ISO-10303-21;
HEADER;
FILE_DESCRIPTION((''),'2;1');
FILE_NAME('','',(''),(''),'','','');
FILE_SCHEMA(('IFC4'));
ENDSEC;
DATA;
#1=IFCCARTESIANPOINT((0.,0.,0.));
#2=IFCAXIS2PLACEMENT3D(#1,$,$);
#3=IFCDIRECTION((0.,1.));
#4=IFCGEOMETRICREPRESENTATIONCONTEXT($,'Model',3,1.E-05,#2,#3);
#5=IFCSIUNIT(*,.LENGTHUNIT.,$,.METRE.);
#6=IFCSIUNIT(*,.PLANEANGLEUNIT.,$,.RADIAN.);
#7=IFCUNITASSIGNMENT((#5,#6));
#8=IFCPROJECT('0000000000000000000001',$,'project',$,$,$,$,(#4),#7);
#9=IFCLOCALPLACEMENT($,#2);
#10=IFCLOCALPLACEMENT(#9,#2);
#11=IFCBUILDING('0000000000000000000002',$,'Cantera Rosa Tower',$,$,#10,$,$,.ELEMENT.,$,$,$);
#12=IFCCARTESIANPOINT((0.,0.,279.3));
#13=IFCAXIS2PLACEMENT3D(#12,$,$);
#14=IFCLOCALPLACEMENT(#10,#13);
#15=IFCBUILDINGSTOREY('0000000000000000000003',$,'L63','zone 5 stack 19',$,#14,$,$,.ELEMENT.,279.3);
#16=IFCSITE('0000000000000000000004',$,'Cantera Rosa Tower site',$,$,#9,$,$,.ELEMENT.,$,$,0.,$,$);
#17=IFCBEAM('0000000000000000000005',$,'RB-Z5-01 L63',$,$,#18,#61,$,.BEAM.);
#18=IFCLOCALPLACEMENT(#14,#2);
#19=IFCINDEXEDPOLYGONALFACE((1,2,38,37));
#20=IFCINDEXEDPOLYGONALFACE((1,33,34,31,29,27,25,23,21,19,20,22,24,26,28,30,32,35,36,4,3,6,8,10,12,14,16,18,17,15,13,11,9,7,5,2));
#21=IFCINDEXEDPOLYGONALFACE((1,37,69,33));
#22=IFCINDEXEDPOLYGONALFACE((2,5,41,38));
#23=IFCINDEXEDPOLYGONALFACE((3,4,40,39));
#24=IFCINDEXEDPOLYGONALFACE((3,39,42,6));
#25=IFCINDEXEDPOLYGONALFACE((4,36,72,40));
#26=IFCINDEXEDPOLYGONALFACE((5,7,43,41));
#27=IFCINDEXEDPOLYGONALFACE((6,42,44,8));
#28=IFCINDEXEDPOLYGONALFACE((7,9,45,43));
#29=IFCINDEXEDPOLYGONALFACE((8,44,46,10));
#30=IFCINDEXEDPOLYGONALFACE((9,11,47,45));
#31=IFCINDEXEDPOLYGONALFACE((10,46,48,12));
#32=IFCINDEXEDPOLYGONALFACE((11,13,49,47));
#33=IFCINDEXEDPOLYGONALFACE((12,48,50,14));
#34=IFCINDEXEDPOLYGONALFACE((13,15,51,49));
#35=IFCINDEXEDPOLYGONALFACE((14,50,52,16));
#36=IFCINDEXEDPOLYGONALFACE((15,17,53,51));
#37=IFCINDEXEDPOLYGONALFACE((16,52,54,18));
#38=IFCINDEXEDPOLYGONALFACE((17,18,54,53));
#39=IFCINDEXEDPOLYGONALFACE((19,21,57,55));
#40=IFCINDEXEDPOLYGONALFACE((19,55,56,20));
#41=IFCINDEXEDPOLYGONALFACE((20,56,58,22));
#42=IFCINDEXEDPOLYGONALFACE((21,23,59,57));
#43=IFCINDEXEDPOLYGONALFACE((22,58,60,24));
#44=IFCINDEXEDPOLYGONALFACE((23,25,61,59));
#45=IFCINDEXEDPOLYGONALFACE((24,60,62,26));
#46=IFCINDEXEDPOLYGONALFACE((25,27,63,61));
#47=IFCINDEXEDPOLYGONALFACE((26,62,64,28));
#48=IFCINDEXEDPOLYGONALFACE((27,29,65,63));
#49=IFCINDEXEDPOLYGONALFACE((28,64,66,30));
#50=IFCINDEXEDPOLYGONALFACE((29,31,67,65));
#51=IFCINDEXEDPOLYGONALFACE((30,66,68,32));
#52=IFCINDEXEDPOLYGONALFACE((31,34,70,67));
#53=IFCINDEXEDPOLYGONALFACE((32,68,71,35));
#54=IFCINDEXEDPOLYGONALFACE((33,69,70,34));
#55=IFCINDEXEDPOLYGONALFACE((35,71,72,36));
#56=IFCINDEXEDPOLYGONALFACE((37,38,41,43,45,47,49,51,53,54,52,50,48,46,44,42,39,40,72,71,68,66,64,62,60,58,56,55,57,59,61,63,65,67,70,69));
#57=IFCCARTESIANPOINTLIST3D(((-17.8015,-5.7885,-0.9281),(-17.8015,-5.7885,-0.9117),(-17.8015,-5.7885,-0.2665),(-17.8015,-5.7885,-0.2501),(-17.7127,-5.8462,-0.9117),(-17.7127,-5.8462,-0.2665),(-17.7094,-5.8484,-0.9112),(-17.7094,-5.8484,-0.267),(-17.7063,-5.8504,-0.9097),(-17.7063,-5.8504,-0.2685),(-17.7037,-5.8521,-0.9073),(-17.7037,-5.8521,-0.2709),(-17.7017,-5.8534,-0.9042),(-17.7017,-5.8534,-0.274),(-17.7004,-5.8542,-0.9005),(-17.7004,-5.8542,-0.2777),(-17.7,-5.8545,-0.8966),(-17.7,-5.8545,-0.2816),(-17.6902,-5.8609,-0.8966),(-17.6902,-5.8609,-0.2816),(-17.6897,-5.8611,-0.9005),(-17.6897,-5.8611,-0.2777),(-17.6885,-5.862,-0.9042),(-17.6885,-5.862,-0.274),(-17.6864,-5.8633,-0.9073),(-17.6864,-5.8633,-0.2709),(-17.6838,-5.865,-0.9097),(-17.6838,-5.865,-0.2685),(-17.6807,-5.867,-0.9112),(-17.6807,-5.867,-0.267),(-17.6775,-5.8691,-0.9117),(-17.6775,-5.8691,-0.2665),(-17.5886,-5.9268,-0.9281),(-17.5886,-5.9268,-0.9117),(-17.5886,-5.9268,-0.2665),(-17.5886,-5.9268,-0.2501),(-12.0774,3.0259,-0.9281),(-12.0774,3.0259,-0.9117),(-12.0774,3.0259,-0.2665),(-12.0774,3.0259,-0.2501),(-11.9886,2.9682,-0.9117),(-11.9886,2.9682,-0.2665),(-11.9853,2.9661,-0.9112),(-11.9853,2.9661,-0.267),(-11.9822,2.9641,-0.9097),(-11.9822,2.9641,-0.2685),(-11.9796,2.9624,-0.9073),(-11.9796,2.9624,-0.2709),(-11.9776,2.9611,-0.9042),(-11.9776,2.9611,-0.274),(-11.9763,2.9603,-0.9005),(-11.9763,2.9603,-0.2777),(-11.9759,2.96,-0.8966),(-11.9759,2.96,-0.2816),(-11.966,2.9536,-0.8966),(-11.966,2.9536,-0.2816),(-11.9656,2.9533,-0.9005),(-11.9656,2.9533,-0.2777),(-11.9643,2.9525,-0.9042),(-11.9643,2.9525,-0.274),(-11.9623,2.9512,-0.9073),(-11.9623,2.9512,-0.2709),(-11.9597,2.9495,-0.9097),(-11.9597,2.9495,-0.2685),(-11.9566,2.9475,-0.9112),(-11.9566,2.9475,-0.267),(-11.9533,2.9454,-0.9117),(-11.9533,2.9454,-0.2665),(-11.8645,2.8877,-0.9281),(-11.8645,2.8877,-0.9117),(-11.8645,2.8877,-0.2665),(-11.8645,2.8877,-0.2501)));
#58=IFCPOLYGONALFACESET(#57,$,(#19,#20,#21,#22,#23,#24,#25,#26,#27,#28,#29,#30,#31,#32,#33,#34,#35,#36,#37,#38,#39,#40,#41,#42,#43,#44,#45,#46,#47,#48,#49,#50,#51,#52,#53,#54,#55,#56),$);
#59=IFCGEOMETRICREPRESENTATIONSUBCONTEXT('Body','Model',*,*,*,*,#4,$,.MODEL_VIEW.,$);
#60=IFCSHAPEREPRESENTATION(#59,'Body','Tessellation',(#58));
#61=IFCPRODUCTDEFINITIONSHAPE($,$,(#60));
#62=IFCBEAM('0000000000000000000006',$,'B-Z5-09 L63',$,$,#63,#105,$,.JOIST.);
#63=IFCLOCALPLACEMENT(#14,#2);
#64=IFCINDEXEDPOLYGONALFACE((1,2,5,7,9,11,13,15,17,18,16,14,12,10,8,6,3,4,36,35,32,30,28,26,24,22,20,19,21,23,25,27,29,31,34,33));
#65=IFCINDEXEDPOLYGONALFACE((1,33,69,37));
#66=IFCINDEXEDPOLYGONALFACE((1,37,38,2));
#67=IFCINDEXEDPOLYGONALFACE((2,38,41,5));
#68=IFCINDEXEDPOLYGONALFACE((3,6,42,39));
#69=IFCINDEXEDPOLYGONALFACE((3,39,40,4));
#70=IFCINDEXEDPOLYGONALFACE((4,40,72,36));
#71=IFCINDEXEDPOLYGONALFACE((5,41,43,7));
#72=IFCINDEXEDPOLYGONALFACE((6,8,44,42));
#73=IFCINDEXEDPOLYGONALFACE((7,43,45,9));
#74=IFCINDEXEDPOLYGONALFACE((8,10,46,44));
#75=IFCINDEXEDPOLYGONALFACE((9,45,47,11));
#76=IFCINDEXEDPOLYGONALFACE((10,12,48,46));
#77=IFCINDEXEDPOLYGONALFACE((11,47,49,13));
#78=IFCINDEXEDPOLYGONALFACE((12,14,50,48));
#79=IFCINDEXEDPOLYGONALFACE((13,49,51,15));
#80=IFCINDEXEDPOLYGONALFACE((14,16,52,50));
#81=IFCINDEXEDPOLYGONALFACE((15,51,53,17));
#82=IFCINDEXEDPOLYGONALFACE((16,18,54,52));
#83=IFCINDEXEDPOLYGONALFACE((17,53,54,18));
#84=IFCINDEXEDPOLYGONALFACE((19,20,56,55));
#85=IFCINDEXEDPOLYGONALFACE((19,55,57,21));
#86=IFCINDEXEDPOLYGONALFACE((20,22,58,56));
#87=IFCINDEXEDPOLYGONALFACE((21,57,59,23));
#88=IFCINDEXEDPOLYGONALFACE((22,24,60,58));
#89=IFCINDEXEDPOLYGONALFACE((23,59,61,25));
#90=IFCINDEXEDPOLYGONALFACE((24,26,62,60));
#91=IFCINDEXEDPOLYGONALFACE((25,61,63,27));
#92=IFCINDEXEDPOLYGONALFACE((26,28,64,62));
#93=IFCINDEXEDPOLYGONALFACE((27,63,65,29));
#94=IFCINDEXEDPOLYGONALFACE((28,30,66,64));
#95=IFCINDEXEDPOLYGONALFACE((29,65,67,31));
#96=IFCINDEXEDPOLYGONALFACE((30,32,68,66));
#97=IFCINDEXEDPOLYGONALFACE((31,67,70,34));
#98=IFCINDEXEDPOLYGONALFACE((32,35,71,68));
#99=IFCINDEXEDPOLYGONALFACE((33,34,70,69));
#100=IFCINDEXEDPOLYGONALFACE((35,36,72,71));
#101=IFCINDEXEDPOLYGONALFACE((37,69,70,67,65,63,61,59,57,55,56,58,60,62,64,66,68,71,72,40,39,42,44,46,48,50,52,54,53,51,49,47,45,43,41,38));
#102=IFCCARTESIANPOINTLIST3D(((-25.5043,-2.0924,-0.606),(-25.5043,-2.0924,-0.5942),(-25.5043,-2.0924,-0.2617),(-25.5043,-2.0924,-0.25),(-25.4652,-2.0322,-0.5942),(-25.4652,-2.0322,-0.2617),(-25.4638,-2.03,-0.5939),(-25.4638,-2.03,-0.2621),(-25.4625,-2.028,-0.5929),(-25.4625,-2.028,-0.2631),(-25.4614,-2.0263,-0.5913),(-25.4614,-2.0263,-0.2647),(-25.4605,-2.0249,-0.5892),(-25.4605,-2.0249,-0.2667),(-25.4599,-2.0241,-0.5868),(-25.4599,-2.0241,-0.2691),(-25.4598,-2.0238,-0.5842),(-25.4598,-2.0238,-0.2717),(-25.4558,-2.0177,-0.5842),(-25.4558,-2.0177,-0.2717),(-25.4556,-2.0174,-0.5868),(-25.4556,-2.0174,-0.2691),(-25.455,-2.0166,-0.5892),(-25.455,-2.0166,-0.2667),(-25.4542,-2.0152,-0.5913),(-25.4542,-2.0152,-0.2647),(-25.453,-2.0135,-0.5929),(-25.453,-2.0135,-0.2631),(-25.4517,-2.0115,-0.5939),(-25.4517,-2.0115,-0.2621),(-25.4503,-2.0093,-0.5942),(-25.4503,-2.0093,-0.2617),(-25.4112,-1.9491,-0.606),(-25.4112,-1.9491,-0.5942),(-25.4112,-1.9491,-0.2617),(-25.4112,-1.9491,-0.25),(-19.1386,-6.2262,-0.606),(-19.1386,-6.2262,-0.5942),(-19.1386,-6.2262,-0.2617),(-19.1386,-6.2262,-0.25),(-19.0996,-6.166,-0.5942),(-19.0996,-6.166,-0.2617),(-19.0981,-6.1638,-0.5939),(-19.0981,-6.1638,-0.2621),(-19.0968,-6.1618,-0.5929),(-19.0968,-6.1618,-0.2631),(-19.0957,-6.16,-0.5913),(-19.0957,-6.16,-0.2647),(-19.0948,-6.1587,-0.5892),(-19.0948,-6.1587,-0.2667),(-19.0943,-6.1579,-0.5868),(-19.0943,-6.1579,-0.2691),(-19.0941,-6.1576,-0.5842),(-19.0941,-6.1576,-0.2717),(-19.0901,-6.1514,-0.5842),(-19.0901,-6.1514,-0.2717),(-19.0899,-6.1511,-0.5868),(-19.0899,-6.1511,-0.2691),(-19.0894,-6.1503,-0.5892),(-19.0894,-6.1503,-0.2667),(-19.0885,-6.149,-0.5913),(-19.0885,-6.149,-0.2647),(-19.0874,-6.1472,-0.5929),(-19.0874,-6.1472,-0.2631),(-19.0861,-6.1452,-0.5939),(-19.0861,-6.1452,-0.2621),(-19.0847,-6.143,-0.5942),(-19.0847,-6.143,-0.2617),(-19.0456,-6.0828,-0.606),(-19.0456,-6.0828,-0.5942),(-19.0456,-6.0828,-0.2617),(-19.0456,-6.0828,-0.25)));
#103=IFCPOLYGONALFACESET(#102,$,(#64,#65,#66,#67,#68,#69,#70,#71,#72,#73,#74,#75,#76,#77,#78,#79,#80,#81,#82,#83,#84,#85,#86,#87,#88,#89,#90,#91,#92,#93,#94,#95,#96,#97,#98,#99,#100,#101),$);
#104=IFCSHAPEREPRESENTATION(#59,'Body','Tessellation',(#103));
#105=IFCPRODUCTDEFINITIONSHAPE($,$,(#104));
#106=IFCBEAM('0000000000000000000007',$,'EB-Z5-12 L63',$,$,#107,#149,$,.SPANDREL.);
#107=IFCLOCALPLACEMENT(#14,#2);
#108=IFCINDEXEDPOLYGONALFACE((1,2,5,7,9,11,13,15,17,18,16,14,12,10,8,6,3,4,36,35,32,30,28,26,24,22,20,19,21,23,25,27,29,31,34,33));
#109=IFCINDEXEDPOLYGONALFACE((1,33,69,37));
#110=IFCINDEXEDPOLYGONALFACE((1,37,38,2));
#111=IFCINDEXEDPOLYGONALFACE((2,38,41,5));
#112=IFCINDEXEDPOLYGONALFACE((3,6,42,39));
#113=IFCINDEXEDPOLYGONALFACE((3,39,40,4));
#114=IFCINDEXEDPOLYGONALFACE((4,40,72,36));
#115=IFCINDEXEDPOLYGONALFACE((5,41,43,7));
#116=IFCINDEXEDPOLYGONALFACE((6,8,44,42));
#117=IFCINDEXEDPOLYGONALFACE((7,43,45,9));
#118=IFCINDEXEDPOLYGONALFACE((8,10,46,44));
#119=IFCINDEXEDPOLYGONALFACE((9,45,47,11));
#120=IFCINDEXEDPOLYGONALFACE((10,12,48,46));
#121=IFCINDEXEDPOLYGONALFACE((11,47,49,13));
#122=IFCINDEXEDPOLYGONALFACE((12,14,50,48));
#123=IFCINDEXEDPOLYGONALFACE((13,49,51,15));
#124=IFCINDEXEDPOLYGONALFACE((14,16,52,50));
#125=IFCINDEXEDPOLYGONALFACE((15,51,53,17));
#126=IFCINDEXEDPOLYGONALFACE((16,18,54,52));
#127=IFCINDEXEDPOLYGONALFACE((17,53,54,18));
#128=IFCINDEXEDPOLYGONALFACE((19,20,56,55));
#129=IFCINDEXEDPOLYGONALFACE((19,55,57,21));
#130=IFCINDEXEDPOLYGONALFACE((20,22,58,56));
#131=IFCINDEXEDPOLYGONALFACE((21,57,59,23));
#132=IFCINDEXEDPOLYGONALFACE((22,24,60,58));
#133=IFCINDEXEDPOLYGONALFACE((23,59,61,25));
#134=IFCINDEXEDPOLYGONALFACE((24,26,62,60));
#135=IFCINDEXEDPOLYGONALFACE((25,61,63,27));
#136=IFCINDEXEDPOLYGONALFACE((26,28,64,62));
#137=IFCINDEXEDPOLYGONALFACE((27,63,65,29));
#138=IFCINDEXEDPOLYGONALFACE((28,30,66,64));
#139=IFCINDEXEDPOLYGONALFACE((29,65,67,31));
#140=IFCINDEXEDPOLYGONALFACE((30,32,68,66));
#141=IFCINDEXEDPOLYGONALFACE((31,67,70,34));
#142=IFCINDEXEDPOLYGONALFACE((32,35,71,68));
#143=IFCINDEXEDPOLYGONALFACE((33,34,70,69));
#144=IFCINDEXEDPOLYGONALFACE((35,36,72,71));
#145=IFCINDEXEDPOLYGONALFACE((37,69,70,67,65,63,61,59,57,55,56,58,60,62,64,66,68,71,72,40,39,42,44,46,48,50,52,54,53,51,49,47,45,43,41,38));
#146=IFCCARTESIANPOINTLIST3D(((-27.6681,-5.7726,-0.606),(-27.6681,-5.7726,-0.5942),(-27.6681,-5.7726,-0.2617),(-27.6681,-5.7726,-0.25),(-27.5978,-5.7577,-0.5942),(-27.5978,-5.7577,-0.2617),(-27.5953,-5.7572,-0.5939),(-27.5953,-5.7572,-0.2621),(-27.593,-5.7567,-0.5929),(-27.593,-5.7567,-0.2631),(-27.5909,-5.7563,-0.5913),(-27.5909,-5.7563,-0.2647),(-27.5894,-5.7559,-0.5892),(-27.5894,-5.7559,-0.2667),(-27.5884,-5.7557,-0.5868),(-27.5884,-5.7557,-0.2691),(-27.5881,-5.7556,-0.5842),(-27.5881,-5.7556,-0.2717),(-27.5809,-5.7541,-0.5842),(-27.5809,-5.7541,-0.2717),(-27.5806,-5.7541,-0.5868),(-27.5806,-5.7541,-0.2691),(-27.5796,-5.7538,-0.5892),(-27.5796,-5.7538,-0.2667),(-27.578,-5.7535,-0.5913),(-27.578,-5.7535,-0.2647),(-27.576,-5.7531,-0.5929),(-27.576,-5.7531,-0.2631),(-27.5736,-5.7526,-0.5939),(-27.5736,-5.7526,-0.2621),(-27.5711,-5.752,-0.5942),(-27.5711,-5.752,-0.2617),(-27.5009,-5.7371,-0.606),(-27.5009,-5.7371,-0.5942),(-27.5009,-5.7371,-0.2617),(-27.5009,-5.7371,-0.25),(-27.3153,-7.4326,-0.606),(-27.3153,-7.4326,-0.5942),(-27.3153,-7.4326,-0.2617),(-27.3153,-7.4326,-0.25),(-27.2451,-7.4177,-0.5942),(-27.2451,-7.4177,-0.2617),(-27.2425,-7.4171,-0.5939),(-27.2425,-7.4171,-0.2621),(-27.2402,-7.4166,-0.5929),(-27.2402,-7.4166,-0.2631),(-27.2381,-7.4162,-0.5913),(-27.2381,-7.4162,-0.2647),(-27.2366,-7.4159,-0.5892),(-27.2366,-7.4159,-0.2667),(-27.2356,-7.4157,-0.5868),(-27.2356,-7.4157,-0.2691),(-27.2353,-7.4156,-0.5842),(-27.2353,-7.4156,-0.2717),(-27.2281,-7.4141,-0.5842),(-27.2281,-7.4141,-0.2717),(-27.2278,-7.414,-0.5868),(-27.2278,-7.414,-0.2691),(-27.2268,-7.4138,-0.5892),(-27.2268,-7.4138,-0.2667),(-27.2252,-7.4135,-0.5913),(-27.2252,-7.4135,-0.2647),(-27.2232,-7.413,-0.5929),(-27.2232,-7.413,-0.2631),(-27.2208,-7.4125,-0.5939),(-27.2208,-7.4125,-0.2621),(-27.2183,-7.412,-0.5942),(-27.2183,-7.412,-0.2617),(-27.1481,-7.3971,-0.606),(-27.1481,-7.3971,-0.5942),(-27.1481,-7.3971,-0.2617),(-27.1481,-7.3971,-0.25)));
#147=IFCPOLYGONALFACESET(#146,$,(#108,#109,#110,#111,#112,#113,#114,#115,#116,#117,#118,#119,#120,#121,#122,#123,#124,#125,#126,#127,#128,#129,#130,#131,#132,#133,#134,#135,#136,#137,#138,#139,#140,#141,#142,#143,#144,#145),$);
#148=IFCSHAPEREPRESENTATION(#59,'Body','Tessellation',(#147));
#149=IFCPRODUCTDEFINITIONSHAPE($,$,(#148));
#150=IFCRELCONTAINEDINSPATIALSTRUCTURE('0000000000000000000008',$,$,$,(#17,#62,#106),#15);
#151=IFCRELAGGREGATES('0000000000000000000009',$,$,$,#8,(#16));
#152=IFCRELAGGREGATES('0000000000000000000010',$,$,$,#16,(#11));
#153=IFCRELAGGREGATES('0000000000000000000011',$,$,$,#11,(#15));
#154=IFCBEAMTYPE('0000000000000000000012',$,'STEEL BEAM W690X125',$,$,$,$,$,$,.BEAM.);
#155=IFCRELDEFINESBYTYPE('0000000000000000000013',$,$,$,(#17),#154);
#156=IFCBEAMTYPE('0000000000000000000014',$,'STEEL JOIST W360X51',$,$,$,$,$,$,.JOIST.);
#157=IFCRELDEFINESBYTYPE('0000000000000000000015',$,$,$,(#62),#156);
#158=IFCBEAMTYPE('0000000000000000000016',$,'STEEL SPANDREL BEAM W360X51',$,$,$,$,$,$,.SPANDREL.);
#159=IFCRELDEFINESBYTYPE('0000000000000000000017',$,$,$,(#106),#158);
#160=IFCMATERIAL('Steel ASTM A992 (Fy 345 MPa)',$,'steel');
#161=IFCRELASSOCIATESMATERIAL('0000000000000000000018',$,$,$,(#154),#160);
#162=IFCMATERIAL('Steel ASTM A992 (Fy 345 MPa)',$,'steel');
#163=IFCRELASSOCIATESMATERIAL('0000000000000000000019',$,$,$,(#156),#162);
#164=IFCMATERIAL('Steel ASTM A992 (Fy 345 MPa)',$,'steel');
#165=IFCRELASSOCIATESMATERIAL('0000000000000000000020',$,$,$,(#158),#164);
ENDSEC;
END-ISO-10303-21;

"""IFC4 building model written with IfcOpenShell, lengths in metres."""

from ifc_helpers import new_model, si_unit, direction, frame, origin, origin_2d, place, context, subcontext, project, spatial, i_section, extrude, material, material_profile, profile_set, type_object, element, save


model = new_model("IFC4")

# Units and contexts
model_context = context("Model", 3, precision=1e-05, world=origin(), true_north=direction((0.0, 1.0)))
body_context = subcontext(model_context, "Body", "Model", "MODEL_VIEW")
ifc_project = project(units=[si_unit("LENGTHUNIT", "METRE"), si_unit("PLANEANGLEUNIT", "RADIAN")], contexts=[model_context])

# Site, building, storey
site_placement = place(None, origin())
site = spatial("IfcSite", under=ifc_project, at=site_placement, Name="Cantera Rosa Tower site", CompositionType="ELEMENT", RefElevation=0.0)
building_placement = place(site_placement, origin())
building = spatial("IfcBuilding", under=site, at=building_placement, Name="Cantera Rosa Tower", CompositionType="ELEMENT")
storey_placement = place(building_placement, frame((0.0, 0.0, 279.3)))
storey = spatial("IfcBuildingStorey", under=building, at=storey_placement, Name="L63", Description="zone 5 stack 19", CompositionType="ELEMENT", Elevation=279.3)

# Beams
ifc_material_1 = material(Name="Steel ASTM A992 (Fy 345 MPa)", Category="steel")
ifc_material_profile_1 = material_profile(ifc_material_1, i_section(OverallWidth=0.2539, OverallDepth=0.678, WebThickness=0.0117, FlangeThickness=0.0164, FilletRadius=0.0151, at=origin_2d()), Name="W690X125")
ifc_profile_set_1 = profile_set([ifc_material_profile_1], Name="Steel ASTM A992 (Fy 345 MPa)")
beam_type_1 = type_object("IfcBeamType", Name="STEEL BEAM W690X125", PredefinedType="BEAM", material=ifc_profile_set_1)
beam_1_placement = place(storey_placement, frame((-17.6951, -5.8577, -0.5891), z_axis=(0.544636, 0.838673, 0.0), x_axis=(-0.838673, 0.544636, 0.0)))
element("IfcBeam", 1, at=beam_1_placement, inside=storey, type_object=beam_type_1, Name="RB-Z5-01 L63", PredefinedType="BEAM", context=body_context, shape_type="SweptSolid", body=[
    extrude(i_section(OverallWidth=0.2539, OverallDepth=0.678, WebThickness=0.0117, FlangeThickness=0.0164, FilletRadius=0.0151, at=origin_2d()), origin(), (0.0, 0.0, 1.0), 10.51),
])
ifc_material_2 = material(Name="Steel ASTM A992 (Fy 345 MPa)", Category="steel")
ifc_material_profile_2 = material_profile(ifc_material_2, i_section(OverallWidth=0.1709, OverallDepth=0.356, WebThickness=0.0073, FlangeThickness=0.0117, FilletRadius=0.01, at=origin_2d()), Name="W360X51")
ifc_profile_set_2 = profile_set([ifc_material_profile_2], Name="Steel ASTM A992 (Fy 345 MPa)")
beam_type_2 = type_object("IfcBeamType", Name="STEEL JOIST W360X51", PredefinedType="JOIST", material=ifc_profile_set_2)
beam_2_placement = place(storey_placement, frame((-25.4578, -2.0208, -0.428), z_axis=(0.83868, -0.544624, 0.0), x_axis=(0.544624, 0.83868, 0.0)))
element("IfcBeam", 2, at=beam_2_placement, inside=storey, type_object=beam_type_2, Name="B-Z5-09 L63", PredefinedType="JOIST", context=body_context, shape_type="SweptSolid", body=[
    extrude(i_section(OverallWidth=0.1709, OverallDepth=0.356, WebThickness=0.0073, FlangeThickness=0.0117, FilletRadius=0.01, at=origin_2d()), origin(), (0.0, 0.0, 1.0), 7.5901),
])
ifc_material_3 = material(Name="Steel ASTM A992 (Fy 345 MPa)", Category="steel")
ifc_material_profile_3 = material_profile(ifc_material_3, i_section(OverallWidth=0.1709, OverallDepth=0.356, WebThickness=0.0073, FlangeThickness=0.0117, FilletRadius=0.01, at=origin_2d()), Name="W360X51")
ifc_profile_set_3 = profile_set([ifc_material_profile_3], Name="Steel ASTM A992 (Fy 345 MPa)")
beam_type_3 = type_object("IfcBeamType", Name="STEEL SPANDREL BEAM W360X51", PredefinedType="SPANDREL", material=ifc_profile_set_3)
beam_3_placement = place(storey_placement, frame((-27.5845, -5.7549, -0.428), z_axis=(0.207888, -0.978153, 0.0), x_axis=(0.978153, 0.207888, 0.0)))
element("IfcBeam", 3, at=beam_3_placement, inside=storey, type_object=beam_type_3, Name="EB-Z5-12 L63", PredefinedType="SPANDREL", context=body_context, shape_type="SweptSolid", body=[
    extrude(i_section(OverallWidth=0.1709, OverallDepth=0.356, WebThickness=0.0073, FlangeThickness=0.0117, FilletRadius=0.01, at=origin_2d()), origin(), (0.0, 0.0, 1.0), 1.697),
])

save(model, "model.ifc")
